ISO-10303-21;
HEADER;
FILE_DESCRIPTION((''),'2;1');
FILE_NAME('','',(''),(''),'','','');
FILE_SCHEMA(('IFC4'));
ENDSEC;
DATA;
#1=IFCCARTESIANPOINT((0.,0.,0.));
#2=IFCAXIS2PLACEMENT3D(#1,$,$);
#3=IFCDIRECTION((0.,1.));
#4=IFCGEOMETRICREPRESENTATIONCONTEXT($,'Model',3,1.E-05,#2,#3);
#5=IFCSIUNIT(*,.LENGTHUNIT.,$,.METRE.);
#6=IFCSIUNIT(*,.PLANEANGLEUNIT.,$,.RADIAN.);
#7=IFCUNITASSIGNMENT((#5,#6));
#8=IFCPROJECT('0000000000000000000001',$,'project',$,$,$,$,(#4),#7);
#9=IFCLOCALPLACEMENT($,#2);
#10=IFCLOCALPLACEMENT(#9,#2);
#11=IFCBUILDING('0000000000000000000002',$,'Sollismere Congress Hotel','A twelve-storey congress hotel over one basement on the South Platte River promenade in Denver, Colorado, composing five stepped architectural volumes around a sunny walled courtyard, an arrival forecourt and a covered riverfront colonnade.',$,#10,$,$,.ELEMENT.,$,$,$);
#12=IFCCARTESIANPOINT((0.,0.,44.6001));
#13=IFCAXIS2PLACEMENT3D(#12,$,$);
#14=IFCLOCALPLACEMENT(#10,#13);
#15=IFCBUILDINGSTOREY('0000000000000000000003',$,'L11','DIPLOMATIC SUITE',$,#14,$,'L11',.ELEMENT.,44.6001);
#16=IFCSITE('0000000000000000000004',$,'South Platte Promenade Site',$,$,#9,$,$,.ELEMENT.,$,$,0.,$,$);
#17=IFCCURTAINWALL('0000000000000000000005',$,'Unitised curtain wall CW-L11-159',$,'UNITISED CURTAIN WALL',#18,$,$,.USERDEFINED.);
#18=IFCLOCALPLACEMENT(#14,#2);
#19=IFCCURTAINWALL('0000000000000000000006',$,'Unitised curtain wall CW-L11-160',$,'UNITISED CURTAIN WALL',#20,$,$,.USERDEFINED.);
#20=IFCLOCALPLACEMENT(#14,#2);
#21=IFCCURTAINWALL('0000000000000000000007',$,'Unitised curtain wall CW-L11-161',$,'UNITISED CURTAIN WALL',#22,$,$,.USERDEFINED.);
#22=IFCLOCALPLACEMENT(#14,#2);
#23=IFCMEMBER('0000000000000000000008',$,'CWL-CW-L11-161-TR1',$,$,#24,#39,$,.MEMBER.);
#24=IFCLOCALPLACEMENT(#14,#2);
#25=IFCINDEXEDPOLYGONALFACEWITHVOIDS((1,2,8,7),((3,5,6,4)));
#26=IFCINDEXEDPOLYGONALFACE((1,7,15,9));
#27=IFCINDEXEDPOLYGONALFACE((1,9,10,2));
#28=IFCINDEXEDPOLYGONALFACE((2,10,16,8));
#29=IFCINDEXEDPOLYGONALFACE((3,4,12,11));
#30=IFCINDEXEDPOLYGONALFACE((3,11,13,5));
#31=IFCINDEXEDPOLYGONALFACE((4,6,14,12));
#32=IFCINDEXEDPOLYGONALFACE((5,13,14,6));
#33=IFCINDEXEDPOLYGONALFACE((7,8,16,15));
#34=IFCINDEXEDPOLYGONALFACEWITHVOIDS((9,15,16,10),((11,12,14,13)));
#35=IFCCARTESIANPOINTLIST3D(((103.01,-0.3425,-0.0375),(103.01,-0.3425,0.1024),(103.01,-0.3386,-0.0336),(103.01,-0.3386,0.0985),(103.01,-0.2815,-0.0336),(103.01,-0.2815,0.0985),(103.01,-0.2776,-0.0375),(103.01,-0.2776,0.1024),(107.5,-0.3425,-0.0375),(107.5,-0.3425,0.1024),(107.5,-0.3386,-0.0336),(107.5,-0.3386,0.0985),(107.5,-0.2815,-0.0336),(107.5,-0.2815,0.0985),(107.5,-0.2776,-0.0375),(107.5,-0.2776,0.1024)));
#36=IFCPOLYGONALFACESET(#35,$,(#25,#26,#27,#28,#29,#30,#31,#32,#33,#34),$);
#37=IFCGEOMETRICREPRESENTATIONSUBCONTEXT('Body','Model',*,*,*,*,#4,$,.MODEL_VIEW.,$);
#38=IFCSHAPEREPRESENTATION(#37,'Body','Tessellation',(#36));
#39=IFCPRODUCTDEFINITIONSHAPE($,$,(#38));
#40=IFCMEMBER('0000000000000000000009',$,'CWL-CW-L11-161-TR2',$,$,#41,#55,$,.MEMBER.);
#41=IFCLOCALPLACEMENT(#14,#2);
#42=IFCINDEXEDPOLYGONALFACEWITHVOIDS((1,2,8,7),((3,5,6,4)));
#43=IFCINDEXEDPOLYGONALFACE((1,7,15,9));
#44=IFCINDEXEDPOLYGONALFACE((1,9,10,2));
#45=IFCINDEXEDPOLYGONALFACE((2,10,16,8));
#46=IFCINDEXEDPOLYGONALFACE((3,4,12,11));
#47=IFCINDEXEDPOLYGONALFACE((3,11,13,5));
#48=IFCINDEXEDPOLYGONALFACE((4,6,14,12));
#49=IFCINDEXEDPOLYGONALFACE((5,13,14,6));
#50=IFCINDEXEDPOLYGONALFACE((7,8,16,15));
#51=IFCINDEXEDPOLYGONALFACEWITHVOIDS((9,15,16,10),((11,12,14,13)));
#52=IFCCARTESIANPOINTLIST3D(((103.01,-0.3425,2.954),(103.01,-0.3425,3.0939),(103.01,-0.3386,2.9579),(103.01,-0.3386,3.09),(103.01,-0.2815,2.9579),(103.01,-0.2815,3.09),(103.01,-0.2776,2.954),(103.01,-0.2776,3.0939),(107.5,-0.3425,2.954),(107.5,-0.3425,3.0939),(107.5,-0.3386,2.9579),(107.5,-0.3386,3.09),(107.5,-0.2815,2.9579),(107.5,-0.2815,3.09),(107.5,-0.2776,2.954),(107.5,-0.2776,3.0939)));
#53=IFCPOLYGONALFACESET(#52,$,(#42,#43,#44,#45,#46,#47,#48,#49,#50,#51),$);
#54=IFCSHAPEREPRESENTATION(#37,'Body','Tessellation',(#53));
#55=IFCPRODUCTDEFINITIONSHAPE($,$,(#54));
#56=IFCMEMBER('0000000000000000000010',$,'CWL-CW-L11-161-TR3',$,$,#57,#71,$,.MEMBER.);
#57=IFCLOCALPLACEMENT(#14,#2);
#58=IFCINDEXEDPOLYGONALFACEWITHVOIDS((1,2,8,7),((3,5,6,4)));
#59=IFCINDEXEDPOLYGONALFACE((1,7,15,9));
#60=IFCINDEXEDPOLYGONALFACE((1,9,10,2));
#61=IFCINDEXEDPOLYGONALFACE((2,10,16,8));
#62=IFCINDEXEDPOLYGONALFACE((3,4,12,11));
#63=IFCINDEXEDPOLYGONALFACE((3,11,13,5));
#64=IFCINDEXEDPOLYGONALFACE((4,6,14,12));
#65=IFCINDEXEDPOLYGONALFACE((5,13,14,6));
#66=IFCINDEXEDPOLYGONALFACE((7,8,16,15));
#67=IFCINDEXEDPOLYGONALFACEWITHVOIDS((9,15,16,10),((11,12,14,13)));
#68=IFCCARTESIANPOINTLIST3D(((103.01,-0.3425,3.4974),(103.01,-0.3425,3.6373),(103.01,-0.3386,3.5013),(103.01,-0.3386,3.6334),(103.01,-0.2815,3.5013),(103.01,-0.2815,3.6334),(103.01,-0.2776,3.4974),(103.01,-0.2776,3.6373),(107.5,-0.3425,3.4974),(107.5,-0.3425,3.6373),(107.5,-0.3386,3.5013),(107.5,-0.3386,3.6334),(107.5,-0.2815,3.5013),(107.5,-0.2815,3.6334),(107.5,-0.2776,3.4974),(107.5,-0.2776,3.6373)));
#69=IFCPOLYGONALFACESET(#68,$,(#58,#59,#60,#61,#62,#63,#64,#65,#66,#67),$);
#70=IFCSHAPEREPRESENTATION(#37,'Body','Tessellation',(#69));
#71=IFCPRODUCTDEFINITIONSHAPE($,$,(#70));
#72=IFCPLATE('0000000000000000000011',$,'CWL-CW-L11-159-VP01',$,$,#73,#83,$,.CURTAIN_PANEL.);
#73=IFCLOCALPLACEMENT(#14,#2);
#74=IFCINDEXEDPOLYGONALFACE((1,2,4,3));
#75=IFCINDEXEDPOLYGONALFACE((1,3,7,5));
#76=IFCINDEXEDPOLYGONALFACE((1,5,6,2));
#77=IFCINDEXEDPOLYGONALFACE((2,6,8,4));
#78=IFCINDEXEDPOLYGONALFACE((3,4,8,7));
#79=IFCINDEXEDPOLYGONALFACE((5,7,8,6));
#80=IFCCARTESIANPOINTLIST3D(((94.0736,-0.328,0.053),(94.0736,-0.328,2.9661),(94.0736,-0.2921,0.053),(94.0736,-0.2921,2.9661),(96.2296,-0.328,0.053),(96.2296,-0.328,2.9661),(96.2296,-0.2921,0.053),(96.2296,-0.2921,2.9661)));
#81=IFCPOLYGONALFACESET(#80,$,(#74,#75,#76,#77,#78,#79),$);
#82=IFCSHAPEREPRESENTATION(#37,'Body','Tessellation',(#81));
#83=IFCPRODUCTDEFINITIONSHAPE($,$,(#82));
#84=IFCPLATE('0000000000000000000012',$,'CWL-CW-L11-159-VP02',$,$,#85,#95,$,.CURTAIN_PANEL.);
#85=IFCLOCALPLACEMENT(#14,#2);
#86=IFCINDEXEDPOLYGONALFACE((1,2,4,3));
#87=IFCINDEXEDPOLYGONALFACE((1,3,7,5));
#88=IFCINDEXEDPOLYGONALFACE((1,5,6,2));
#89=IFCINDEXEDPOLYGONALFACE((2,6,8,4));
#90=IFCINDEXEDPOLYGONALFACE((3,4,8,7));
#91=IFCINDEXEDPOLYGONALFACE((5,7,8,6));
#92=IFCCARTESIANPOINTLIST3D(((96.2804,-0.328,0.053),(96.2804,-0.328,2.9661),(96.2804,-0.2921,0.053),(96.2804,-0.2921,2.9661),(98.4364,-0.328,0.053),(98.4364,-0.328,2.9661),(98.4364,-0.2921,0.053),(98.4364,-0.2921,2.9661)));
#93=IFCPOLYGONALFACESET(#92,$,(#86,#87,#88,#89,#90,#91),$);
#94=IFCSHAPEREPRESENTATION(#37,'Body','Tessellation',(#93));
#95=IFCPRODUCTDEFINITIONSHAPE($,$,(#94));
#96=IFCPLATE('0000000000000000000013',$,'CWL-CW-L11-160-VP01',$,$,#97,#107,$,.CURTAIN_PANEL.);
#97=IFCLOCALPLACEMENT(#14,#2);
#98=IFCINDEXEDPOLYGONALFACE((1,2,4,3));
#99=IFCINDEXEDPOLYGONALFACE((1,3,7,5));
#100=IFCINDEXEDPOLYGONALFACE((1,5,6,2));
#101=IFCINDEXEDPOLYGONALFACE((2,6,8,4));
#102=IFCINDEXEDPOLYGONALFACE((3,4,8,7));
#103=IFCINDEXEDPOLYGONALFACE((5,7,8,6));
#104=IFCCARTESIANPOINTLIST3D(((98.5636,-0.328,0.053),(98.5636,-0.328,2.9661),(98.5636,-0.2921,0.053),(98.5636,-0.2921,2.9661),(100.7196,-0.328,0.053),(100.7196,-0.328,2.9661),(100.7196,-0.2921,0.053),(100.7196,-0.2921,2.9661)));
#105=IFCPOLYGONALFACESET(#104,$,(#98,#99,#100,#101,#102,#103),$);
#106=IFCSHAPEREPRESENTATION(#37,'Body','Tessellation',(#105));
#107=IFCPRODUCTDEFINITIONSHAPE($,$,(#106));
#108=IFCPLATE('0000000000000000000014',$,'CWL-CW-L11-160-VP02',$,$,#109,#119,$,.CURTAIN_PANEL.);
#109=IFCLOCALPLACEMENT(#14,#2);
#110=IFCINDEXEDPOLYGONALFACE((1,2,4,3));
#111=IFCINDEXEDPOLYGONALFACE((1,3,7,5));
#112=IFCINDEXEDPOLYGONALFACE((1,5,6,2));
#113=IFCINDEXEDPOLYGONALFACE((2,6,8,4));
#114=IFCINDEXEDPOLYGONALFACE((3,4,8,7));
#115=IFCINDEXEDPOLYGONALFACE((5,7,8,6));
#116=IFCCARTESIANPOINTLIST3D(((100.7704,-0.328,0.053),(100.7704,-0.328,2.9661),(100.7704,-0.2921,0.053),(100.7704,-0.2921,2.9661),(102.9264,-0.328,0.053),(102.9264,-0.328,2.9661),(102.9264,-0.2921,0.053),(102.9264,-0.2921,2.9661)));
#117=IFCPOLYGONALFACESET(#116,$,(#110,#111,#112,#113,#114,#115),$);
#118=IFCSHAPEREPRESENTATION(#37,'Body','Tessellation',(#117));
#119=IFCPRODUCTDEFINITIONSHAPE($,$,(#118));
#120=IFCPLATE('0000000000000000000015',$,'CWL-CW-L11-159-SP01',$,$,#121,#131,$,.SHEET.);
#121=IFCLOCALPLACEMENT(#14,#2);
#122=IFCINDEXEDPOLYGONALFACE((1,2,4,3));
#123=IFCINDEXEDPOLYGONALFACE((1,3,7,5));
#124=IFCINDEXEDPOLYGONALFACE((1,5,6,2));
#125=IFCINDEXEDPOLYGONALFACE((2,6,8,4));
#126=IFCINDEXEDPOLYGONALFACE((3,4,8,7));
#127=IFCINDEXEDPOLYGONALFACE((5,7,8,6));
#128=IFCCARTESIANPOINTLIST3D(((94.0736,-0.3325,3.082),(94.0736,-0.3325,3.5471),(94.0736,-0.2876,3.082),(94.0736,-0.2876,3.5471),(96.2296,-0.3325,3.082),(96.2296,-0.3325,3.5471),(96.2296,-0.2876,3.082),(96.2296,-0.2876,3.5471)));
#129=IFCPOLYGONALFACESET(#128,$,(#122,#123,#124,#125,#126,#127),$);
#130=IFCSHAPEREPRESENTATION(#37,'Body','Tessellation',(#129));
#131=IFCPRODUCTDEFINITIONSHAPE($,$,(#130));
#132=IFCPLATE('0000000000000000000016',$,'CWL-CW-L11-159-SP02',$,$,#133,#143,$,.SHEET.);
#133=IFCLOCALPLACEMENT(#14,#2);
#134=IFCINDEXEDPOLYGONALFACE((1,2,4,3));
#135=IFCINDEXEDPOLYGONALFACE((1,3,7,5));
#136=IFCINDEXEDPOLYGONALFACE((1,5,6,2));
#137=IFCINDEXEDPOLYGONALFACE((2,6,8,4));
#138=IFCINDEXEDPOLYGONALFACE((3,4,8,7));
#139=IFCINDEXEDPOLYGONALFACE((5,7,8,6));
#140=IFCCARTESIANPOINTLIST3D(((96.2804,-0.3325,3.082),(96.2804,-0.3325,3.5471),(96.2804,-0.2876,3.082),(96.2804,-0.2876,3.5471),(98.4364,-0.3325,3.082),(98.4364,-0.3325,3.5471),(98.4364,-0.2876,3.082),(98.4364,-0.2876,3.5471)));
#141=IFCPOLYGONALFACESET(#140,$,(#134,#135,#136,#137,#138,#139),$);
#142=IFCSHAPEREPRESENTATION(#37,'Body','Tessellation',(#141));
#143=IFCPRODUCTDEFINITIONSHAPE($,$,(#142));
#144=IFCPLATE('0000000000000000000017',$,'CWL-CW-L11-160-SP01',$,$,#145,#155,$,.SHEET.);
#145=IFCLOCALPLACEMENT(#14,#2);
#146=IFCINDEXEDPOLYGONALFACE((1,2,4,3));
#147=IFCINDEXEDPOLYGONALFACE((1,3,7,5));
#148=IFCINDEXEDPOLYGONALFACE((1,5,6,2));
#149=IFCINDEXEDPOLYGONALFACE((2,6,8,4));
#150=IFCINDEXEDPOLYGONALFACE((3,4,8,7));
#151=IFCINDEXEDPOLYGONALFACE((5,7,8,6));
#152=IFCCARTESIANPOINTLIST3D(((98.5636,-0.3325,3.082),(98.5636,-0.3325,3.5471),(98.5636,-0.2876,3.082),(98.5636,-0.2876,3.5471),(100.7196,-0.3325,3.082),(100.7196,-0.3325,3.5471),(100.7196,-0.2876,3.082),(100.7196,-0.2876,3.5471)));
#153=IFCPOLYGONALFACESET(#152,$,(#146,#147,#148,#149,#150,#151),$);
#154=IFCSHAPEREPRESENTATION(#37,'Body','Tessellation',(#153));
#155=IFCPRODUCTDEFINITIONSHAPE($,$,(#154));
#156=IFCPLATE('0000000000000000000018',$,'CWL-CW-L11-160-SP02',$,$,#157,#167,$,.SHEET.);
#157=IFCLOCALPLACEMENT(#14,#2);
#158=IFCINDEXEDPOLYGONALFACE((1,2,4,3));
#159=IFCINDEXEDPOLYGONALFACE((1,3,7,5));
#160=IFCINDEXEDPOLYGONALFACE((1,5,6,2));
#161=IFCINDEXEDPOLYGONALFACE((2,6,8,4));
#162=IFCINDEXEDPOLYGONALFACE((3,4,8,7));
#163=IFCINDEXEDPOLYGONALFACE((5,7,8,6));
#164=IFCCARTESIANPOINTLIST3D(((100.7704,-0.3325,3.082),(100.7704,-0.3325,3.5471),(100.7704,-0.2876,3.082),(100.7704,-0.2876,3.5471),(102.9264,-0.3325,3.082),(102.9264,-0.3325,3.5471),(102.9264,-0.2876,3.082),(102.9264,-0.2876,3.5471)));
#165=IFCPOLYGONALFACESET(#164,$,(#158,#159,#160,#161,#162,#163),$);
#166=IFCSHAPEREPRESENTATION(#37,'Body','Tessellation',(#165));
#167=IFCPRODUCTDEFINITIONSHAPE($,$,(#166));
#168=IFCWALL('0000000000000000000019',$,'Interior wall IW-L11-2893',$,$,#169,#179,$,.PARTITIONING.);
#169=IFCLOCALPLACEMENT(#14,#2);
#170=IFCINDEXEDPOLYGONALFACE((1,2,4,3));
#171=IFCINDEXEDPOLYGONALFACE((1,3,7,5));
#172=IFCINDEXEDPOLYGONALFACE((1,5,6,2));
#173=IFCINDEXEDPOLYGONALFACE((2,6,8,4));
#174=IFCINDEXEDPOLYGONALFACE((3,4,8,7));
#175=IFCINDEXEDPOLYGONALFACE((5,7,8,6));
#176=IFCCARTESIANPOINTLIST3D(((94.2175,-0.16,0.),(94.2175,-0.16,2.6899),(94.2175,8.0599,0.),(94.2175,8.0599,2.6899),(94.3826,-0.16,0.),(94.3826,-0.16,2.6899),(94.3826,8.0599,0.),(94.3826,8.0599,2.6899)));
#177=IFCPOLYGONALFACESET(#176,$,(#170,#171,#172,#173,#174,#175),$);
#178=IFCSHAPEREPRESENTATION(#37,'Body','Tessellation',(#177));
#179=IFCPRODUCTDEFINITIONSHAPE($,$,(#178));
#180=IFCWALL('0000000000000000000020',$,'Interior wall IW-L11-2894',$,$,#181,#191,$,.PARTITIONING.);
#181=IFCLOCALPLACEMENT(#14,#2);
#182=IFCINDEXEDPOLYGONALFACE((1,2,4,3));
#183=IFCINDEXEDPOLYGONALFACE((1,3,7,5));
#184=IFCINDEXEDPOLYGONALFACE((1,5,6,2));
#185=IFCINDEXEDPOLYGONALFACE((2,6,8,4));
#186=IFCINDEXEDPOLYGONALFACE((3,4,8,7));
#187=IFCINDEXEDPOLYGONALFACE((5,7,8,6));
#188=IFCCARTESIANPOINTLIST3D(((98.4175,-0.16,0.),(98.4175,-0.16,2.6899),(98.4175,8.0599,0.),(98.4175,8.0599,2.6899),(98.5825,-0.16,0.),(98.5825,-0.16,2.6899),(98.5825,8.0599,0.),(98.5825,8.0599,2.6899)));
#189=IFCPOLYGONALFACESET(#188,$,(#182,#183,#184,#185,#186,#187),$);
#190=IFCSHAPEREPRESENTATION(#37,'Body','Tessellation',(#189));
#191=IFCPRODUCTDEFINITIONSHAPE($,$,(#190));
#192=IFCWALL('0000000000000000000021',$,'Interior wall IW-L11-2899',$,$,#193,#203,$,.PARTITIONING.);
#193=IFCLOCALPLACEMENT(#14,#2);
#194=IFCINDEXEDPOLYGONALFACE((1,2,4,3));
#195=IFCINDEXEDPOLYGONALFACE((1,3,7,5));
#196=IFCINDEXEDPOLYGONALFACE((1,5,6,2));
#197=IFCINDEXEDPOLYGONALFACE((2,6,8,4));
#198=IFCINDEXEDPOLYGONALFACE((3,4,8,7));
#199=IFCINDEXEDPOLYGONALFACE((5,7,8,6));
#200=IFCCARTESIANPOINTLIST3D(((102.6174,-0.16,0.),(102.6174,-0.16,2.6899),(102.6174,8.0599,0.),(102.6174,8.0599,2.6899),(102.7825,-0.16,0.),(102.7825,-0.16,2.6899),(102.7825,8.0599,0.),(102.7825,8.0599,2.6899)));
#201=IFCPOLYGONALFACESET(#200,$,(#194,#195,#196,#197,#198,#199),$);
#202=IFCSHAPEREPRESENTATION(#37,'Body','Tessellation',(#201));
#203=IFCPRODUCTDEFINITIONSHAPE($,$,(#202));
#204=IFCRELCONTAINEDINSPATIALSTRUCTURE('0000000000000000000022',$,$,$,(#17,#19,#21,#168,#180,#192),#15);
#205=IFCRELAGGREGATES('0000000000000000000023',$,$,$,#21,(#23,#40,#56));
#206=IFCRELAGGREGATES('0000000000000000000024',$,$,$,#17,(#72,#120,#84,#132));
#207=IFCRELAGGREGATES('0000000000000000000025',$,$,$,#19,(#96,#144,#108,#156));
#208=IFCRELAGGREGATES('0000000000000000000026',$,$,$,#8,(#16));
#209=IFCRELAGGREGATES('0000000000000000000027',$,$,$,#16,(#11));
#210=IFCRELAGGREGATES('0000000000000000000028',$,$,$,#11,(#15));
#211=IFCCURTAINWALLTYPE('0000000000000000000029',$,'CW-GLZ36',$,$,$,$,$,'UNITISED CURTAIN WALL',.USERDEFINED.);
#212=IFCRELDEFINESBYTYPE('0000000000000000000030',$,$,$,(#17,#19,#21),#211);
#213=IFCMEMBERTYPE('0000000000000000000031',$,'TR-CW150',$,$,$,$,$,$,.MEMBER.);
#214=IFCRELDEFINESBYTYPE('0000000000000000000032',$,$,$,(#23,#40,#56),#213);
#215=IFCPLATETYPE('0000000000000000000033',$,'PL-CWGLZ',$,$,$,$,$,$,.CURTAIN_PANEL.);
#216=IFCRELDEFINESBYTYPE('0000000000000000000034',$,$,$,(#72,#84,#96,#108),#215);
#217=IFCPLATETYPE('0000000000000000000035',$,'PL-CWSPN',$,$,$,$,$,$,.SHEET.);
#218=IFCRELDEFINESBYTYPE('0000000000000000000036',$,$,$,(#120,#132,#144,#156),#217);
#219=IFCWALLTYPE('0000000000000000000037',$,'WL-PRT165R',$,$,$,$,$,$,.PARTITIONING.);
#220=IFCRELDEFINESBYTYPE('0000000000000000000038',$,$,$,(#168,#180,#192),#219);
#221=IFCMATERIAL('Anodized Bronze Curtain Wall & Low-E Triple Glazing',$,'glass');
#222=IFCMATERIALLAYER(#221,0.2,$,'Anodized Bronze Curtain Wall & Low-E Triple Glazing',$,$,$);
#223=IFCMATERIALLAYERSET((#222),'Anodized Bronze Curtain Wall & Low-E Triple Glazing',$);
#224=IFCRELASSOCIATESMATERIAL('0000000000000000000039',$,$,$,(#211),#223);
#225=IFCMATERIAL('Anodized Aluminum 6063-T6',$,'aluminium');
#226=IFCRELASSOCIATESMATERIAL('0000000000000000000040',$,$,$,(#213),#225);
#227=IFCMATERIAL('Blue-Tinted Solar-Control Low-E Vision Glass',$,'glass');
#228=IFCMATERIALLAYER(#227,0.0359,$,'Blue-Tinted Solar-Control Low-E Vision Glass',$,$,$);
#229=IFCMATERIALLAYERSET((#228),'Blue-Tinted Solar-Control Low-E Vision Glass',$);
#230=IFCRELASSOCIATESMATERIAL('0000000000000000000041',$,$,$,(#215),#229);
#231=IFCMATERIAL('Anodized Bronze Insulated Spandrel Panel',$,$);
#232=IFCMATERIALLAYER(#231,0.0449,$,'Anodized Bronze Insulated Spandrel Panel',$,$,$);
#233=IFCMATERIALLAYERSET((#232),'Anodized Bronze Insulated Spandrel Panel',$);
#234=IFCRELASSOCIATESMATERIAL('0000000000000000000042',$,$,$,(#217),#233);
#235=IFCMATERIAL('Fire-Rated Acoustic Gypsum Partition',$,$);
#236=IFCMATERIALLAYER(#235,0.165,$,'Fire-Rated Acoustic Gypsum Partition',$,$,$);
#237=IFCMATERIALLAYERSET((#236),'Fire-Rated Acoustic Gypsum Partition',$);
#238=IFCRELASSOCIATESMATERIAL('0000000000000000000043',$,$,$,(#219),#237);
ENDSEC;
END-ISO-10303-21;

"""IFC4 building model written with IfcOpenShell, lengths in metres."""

from ifc_helpers import new_model, si_unit, direction, frame, frame_2d, origin, origin_2d, place, context, subcontext, project, spatial, rectangle, hollow_rectangle, extrude, material, layer, layer_set, material_profile, profile_set, type_object, element, aggregate, save


model = new_model("IFC4")

# Units and contexts
model_context = context("Model", 3, precision=1e-05, world=origin(), true_north=direction((0.0, 1.0)))
body_context = subcontext(model_context, "Body", "Model", "MODEL_VIEW")
ifc_project = project(units=[si_unit("LENGTHUNIT", "METRE"), si_unit("PLANEANGLEUNIT", "RADIAN")], contexts=[model_context])

# Site, building, storey
site_placement = place(None, origin())
site = spatial("IfcSite", under=ifc_project, at=site_placement, Name="South Platte Promenade Site", CompositionType="ELEMENT", RefElevation=0.0)
building_placement = place(site_placement, origin())
building = spatial("IfcBuilding", under=site, at=building_placement, Name="Sollismere Congress Hotel", Description="A twelve-storey congress hotel over one basement on the South Platte River promenade in Denver, Colorado, composing five stepped architectural volumes around a sunny walled courtyard, an arrival forecourt and a covered riverfront colonnade.", CompositionType="ELEMENT")
storey_placement = place(building_placement, frame((0.0, 0.0, 44.6001)))
storey = spatial("IfcBuildingStorey", under=building, at=storey_placement, Name="L11", Description="DIPLOMATIC SUITE", LongName="L11", CompositionType="ELEMENT", Elevation=44.6001)

# Curtain walls
ifc_material_1 = material(Name="Anodized Bronze Curtain Wall & Low-E Triple Glazing", Category="glass")
ifc_layer_1 = layer(ifc_material_1, 0.2, Name="Anodized Bronze Curtain Wall & Low-E Triple Glazing")
ifc_layer_set_1 = layer_set([ifc_layer_1], Name="Anodized Bronze Curtain Wall & Low-E Triple Glazing")
curtain_wall_type = type_object("IfcCurtainWallType", Name="CW-GLZ36", ElementType="UNITISED CURTAIN WALL", PredefinedType="USERDEFINED", material=ifc_layer_set_1)
curtain_wall_1_placement = place(storey_placement, origin())
curtain_wall_1 = element("IfcCurtainWall", 1, at=curtain_wall_1_placement, inside=storey, type_object=curtain_wall_type, Name="Unitised curtain wall CW-L11-159", ObjectType="UNITISED CURTAIN WALL", PredefinedType="USERDEFINED")
ifc_material_2 = material(Name="Anodized Aluminum 6063-T6", Category="aluminium")
curtain_wall_2_placement = place(storey_placement, origin())
curtain_wall_2 = element("IfcCurtainWall", 2, at=curtain_wall_2_placement, inside=storey, type_object=curtain_wall_type, Name="Unitised curtain wall CW-L11-160", ObjectType="UNITISED CURTAIN WALL", PredefinedType="USERDEFINED")

# Curtain wall
curtain_wall_3_placement = place(storey_placement, origin())
curtain_wall_3 = element("IfcCurtainWall", 3, at=curtain_wall_3_placement, inside=storey, type_object=curtain_wall_type, Name="Unitised curtain wall CW-L11-161", ObjectType="UNITISED CURTAIN WALL", PredefinedType="USERDEFINED")

# Members
ifc_material_profile_1 = material_profile(ifc_material_2, hollow_rectangle(XDim=0.0649, YDim=0.1399, WallThickness=0.0039, at=origin_2d()), Name="ALU140X65X4")
ifc_profile_set_1 = profile_set([ifc_material_profile_1], Name="Anodized Aluminum 6063-T6")
member_type_1 = type_object("IfcMemberType", Name="TR-CW150", PredefinedType="MEMBER", material=ifc_profile_set_1)
member_1_placement = place(storey_placement, frame((103.01, -0.3101, 0.0325), z_axis=(1.0, 0.0, 0.0), x_axis=(0.0, 1.0, 0.0)))
member_1 = element("IfcMember", 4, at=member_1_placement, type_object=member_type_1, Name="CWL-CW-L11-161-TR1", PredefinedType="MEMBER", context=body_context, shape_type="SweptSolid", body=[
    extrude(hollow_rectangle(XDim=0.0649, YDim=0.1399, WallThickness=0.0039, at=origin_2d()), origin(), (0.0, 0.0, 1.0), 4.49),
])
member_2_placement = place(storey_placement, frame((103.01, -0.3101, 3.0239), z_axis=(1.0, 0.0, 0.0), x_axis=(0.0, 1.0, 0.0)))
member_2 = element("IfcMember", 5, at=member_2_placement, type_object=member_type_1, Name="CWL-CW-L11-161-TR2", PredefinedType="MEMBER", context=body_context, shape_type="SweptSolid", body=[
    extrude(hollow_rectangle(XDim=0.0649, YDim=0.1399, WallThickness=0.0039, at=origin_2d()), origin(), (0.0, 0.0, 1.0), 4.49),
])
member_3_placement = place(storey_placement, frame((103.01, -0.3101, 3.5674), z_axis=(1.0, 0.0, 0.0), x_axis=(0.0, 1.0, 0.0)))
member_3 = element("IfcMember", 6, at=member_3_placement, type_object=member_type_1, Name="CWL-CW-L11-161-TR3", PredefinedType="MEMBER", context=body_context, shape_type="SweptSolid", body=[
    extrude(hollow_rectangle(XDim=0.0649, YDim=0.1399, WallThickness=0.0039, at=origin_2d()), origin(), (0.0, 0.0, 1.0), 4.49),
])
aggregate(curtain_wall_3, [member_1, member_2, member_3])

# Plates
ifc_material_3 = material(Name="Blue-Tinted Solar-Control Low-E Vision Glass", Category="glass")
ifc_layer_2 = layer(ifc_material_3, 0.0359, Name="Blue-Tinted Solar-Control Low-E Vision Glass")
ifc_layer_set_2 = layer_set([ifc_layer_2], Name="Blue-Tinted Solar-Control Low-E Vision Glass")
plate_type_1 = type_object("IfcPlateType", Name="PL-CWGLZ", PredefinedType="CURTAIN_PANEL", material=ifc_layer_set_2)
plate_1_placement = place(storey_placement, frame((95.1516, -0.3101, 0.053), z_axis=(0.0, 0.0, 1.0), x_axis=(1.0, 0.0, 0.0)))
plate_1 = element("IfcPlate", 7, at=plate_1_placement, type_object=plate_type_1, Name="CWL-CW-L11-159-VP01", PredefinedType="CURTAIN_PANEL", context=body_context, shape_type="SweptSolid", body=[
    extrude(rectangle(XDim=2.156, YDim=0.0359, at=origin_2d()), origin(), (0.0, 0.0, 1.0), 2.9131),
])
plate_2_placement = place(storey_placement, frame((97.3584, -0.3101, 0.053), z_axis=(0.0, 0.0, 1.0), x_axis=(1.0, 0.0, 0.0)))
plate_2 = element("IfcPlate", 8, at=plate_2_placement, type_object=plate_type_1, Name="CWL-CW-L11-159-VP02", PredefinedType="CURTAIN_PANEL", context=body_context, shape_type="SweptSolid", body=[
    extrude(rectangle(XDim=2.156, YDim=0.0359, at=origin_2d()), origin(), (0.0, 0.0, 1.0), 2.9131),
])
plate_3_placement = place(storey_placement, frame((99.6416, -0.3101, 0.053), z_axis=(0.0, 0.0, 1.0), x_axis=(1.0, 0.0, 0.0)))
plate_3 = element("IfcPlate", 9, at=plate_3_placement, type_object=plate_type_1, Name="CWL-CW-L11-160-VP01", PredefinedType="CURTAIN_PANEL", context=body_context, shape_type="SweptSolid", body=[
    extrude(rectangle(XDim=2.156, YDim=0.0359, at=origin_2d()), origin(), (0.0, 0.0, 1.0), 2.9131),
])
plate_4_placement = place(storey_placement, frame((101.8484, -0.3101, 0.053), z_axis=(0.0, 0.0, 1.0), x_axis=(1.0, 0.0, 0.0)))
plate_4 = element("IfcPlate", 10, at=plate_4_placement, type_object=plate_type_1, Name="CWL-CW-L11-160-VP02", PredefinedType="CURTAIN_PANEL", context=body_context, shape_type="SweptSolid", body=[
    extrude(rectangle(XDim=2.156, YDim=0.0359, at=origin_2d()), origin(), (0.0, 0.0, 1.0), 2.9131),
])
ifc_material_4 = material(Name="Anodized Bronze Insulated Spandrel Panel")
ifc_layer_3 = layer(ifc_material_4, 0.0449, Name="Anodized Bronze Insulated Spandrel Panel")
ifc_layer_set_3 = layer_set([ifc_layer_3], Name="Anodized Bronze Insulated Spandrel Panel")
plate_type_2 = type_object("IfcPlateType", Name="PL-CWSPN", PredefinedType="SHEET", material=ifc_layer_set_3)
plate_5_placement = place(storey_placement, frame((95.1516, -0.3101, 3.082), z_axis=(0.0, 0.0, 1.0), x_axis=(1.0, 0.0, 0.0)))
plate_5 = element("IfcPlate", 11, at=plate_5_placement, type_object=plate_type_2, Name="CWL-CW-L11-159-SP01", PredefinedType="SHEET", context=body_context, shape_type="SweptSolid", body=[
    extrude(rectangle(XDim=2.156, YDim=0.0449, at=origin_2d()), origin(), (0.0, 0.0, 1.0), 0.4651),
])
plate_6_placement = place(storey_placement, frame((97.3584, -0.3101, 3.082), z_axis=(0.0, 0.0, 1.0), x_axis=(1.0, 0.0, 0.0)))
plate_6 = element("IfcPlate", 12, at=plate_6_placement, type_object=plate_type_2, Name="CWL-CW-L11-159-SP02", PredefinedType="SHEET", context=body_context, shape_type="SweptSolid", body=[
    extrude(rectangle(XDim=2.156, YDim=0.0449, at=origin_2d()), origin(), (0.0, 0.0, 1.0), 0.4651),
])
aggregate(curtain_wall_1, [plate_1, plate_5, plate_2, plate_6])
plate_7_placement = place(storey_placement, frame((99.6416, -0.3101, 3.082), z_axis=(0.0, 0.0, 1.0), x_axis=(1.0, 0.0, 0.0)))
plate_7 = element("IfcPlate", 13, at=plate_7_placement, type_object=plate_type_2, Name="CWL-CW-L11-160-SP01", PredefinedType="SHEET", context=body_context, shape_type="SweptSolid", body=[
    extrude(rectangle(XDim=2.156, YDim=0.0449, at=origin_2d()), origin(), (0.0, 0.0, 1.0), 0.4651),
])
plate_8_placement = place(storey_placement, frame((101.8484, -0.3101, 3.082), z_axis=(0.0, 0.0, 1.0), x_axis=(1.0, 0.0, 0.0)))
plate_8 = element("IfcPlate", 14, at=plate_8_placement, type_object=plate_type_2, Name="CWL-CW-L11-160-SP02", PredefinedType="SHEET", context=body_context, shape_type="SweptSolid", body=[
    extrude(rectangle(XDim=2.156, YDim=0.0449, at=origin_2d()), origin(), (0.0, 0.0, 1.0), 0.4651),
])
aggregate(curtain_wall_2, [plate_3, plate_7, plate_4, plate_8])

# Walls
ifc_material_5 = material(Name="Fire-Rated Acoustic Gypsum Partition")
ifc_layer_4 = layer(ifc_material_5, 0.165, Name="Fire-Rated Acoustic Gypsum Partition")
ifc_layer_set_4 = layer_set([ifc_layer_4], Name="Fire-Rated Acoustic Gypsum Partition")
wall_type = type_object("IfcWallType", Name="WL-PRT165R", PredefinedType="PARTITIONING", material=ifc_layer_set_4)
for number, where, z_axis, x_axis, name in (
    (15, (94.3, -0.1599, 0.0), (0.0, 0.0, 1.0), (0.0, 1.0, 0.0), "Interior wall IW-L11-2893"),
    (16, (98.5, -0.1599, 0.0), (0.0, 0.0, 1.0), (0.0, 1.0, 0.0), "Interior wall IW-L11-2894"),
    (17, (102.7, -0.1599, 0.0), (0.0, 0.0, 1.0), (0.0, 1.0, 0.0), "Interior wall IW-L11-2899"),
):
    element("IfcWall", number, at=place(storey_placement, frame(where, z_axis=z_axis, x_axis=x_axis)), inside=storey, type_object=wall_type, Name=name, PredefinedType="PARTITIONING", context=body_context, shape_type="SweptSolid", body=[
        extrude(rectangle(XDim=8.22, YDim=0.165, at=frame_2d((4.1099, 0.0))), origin(), (0.0, 0.0, 1.0), 2.6899),
    ])

save(model, "model.ifc")
